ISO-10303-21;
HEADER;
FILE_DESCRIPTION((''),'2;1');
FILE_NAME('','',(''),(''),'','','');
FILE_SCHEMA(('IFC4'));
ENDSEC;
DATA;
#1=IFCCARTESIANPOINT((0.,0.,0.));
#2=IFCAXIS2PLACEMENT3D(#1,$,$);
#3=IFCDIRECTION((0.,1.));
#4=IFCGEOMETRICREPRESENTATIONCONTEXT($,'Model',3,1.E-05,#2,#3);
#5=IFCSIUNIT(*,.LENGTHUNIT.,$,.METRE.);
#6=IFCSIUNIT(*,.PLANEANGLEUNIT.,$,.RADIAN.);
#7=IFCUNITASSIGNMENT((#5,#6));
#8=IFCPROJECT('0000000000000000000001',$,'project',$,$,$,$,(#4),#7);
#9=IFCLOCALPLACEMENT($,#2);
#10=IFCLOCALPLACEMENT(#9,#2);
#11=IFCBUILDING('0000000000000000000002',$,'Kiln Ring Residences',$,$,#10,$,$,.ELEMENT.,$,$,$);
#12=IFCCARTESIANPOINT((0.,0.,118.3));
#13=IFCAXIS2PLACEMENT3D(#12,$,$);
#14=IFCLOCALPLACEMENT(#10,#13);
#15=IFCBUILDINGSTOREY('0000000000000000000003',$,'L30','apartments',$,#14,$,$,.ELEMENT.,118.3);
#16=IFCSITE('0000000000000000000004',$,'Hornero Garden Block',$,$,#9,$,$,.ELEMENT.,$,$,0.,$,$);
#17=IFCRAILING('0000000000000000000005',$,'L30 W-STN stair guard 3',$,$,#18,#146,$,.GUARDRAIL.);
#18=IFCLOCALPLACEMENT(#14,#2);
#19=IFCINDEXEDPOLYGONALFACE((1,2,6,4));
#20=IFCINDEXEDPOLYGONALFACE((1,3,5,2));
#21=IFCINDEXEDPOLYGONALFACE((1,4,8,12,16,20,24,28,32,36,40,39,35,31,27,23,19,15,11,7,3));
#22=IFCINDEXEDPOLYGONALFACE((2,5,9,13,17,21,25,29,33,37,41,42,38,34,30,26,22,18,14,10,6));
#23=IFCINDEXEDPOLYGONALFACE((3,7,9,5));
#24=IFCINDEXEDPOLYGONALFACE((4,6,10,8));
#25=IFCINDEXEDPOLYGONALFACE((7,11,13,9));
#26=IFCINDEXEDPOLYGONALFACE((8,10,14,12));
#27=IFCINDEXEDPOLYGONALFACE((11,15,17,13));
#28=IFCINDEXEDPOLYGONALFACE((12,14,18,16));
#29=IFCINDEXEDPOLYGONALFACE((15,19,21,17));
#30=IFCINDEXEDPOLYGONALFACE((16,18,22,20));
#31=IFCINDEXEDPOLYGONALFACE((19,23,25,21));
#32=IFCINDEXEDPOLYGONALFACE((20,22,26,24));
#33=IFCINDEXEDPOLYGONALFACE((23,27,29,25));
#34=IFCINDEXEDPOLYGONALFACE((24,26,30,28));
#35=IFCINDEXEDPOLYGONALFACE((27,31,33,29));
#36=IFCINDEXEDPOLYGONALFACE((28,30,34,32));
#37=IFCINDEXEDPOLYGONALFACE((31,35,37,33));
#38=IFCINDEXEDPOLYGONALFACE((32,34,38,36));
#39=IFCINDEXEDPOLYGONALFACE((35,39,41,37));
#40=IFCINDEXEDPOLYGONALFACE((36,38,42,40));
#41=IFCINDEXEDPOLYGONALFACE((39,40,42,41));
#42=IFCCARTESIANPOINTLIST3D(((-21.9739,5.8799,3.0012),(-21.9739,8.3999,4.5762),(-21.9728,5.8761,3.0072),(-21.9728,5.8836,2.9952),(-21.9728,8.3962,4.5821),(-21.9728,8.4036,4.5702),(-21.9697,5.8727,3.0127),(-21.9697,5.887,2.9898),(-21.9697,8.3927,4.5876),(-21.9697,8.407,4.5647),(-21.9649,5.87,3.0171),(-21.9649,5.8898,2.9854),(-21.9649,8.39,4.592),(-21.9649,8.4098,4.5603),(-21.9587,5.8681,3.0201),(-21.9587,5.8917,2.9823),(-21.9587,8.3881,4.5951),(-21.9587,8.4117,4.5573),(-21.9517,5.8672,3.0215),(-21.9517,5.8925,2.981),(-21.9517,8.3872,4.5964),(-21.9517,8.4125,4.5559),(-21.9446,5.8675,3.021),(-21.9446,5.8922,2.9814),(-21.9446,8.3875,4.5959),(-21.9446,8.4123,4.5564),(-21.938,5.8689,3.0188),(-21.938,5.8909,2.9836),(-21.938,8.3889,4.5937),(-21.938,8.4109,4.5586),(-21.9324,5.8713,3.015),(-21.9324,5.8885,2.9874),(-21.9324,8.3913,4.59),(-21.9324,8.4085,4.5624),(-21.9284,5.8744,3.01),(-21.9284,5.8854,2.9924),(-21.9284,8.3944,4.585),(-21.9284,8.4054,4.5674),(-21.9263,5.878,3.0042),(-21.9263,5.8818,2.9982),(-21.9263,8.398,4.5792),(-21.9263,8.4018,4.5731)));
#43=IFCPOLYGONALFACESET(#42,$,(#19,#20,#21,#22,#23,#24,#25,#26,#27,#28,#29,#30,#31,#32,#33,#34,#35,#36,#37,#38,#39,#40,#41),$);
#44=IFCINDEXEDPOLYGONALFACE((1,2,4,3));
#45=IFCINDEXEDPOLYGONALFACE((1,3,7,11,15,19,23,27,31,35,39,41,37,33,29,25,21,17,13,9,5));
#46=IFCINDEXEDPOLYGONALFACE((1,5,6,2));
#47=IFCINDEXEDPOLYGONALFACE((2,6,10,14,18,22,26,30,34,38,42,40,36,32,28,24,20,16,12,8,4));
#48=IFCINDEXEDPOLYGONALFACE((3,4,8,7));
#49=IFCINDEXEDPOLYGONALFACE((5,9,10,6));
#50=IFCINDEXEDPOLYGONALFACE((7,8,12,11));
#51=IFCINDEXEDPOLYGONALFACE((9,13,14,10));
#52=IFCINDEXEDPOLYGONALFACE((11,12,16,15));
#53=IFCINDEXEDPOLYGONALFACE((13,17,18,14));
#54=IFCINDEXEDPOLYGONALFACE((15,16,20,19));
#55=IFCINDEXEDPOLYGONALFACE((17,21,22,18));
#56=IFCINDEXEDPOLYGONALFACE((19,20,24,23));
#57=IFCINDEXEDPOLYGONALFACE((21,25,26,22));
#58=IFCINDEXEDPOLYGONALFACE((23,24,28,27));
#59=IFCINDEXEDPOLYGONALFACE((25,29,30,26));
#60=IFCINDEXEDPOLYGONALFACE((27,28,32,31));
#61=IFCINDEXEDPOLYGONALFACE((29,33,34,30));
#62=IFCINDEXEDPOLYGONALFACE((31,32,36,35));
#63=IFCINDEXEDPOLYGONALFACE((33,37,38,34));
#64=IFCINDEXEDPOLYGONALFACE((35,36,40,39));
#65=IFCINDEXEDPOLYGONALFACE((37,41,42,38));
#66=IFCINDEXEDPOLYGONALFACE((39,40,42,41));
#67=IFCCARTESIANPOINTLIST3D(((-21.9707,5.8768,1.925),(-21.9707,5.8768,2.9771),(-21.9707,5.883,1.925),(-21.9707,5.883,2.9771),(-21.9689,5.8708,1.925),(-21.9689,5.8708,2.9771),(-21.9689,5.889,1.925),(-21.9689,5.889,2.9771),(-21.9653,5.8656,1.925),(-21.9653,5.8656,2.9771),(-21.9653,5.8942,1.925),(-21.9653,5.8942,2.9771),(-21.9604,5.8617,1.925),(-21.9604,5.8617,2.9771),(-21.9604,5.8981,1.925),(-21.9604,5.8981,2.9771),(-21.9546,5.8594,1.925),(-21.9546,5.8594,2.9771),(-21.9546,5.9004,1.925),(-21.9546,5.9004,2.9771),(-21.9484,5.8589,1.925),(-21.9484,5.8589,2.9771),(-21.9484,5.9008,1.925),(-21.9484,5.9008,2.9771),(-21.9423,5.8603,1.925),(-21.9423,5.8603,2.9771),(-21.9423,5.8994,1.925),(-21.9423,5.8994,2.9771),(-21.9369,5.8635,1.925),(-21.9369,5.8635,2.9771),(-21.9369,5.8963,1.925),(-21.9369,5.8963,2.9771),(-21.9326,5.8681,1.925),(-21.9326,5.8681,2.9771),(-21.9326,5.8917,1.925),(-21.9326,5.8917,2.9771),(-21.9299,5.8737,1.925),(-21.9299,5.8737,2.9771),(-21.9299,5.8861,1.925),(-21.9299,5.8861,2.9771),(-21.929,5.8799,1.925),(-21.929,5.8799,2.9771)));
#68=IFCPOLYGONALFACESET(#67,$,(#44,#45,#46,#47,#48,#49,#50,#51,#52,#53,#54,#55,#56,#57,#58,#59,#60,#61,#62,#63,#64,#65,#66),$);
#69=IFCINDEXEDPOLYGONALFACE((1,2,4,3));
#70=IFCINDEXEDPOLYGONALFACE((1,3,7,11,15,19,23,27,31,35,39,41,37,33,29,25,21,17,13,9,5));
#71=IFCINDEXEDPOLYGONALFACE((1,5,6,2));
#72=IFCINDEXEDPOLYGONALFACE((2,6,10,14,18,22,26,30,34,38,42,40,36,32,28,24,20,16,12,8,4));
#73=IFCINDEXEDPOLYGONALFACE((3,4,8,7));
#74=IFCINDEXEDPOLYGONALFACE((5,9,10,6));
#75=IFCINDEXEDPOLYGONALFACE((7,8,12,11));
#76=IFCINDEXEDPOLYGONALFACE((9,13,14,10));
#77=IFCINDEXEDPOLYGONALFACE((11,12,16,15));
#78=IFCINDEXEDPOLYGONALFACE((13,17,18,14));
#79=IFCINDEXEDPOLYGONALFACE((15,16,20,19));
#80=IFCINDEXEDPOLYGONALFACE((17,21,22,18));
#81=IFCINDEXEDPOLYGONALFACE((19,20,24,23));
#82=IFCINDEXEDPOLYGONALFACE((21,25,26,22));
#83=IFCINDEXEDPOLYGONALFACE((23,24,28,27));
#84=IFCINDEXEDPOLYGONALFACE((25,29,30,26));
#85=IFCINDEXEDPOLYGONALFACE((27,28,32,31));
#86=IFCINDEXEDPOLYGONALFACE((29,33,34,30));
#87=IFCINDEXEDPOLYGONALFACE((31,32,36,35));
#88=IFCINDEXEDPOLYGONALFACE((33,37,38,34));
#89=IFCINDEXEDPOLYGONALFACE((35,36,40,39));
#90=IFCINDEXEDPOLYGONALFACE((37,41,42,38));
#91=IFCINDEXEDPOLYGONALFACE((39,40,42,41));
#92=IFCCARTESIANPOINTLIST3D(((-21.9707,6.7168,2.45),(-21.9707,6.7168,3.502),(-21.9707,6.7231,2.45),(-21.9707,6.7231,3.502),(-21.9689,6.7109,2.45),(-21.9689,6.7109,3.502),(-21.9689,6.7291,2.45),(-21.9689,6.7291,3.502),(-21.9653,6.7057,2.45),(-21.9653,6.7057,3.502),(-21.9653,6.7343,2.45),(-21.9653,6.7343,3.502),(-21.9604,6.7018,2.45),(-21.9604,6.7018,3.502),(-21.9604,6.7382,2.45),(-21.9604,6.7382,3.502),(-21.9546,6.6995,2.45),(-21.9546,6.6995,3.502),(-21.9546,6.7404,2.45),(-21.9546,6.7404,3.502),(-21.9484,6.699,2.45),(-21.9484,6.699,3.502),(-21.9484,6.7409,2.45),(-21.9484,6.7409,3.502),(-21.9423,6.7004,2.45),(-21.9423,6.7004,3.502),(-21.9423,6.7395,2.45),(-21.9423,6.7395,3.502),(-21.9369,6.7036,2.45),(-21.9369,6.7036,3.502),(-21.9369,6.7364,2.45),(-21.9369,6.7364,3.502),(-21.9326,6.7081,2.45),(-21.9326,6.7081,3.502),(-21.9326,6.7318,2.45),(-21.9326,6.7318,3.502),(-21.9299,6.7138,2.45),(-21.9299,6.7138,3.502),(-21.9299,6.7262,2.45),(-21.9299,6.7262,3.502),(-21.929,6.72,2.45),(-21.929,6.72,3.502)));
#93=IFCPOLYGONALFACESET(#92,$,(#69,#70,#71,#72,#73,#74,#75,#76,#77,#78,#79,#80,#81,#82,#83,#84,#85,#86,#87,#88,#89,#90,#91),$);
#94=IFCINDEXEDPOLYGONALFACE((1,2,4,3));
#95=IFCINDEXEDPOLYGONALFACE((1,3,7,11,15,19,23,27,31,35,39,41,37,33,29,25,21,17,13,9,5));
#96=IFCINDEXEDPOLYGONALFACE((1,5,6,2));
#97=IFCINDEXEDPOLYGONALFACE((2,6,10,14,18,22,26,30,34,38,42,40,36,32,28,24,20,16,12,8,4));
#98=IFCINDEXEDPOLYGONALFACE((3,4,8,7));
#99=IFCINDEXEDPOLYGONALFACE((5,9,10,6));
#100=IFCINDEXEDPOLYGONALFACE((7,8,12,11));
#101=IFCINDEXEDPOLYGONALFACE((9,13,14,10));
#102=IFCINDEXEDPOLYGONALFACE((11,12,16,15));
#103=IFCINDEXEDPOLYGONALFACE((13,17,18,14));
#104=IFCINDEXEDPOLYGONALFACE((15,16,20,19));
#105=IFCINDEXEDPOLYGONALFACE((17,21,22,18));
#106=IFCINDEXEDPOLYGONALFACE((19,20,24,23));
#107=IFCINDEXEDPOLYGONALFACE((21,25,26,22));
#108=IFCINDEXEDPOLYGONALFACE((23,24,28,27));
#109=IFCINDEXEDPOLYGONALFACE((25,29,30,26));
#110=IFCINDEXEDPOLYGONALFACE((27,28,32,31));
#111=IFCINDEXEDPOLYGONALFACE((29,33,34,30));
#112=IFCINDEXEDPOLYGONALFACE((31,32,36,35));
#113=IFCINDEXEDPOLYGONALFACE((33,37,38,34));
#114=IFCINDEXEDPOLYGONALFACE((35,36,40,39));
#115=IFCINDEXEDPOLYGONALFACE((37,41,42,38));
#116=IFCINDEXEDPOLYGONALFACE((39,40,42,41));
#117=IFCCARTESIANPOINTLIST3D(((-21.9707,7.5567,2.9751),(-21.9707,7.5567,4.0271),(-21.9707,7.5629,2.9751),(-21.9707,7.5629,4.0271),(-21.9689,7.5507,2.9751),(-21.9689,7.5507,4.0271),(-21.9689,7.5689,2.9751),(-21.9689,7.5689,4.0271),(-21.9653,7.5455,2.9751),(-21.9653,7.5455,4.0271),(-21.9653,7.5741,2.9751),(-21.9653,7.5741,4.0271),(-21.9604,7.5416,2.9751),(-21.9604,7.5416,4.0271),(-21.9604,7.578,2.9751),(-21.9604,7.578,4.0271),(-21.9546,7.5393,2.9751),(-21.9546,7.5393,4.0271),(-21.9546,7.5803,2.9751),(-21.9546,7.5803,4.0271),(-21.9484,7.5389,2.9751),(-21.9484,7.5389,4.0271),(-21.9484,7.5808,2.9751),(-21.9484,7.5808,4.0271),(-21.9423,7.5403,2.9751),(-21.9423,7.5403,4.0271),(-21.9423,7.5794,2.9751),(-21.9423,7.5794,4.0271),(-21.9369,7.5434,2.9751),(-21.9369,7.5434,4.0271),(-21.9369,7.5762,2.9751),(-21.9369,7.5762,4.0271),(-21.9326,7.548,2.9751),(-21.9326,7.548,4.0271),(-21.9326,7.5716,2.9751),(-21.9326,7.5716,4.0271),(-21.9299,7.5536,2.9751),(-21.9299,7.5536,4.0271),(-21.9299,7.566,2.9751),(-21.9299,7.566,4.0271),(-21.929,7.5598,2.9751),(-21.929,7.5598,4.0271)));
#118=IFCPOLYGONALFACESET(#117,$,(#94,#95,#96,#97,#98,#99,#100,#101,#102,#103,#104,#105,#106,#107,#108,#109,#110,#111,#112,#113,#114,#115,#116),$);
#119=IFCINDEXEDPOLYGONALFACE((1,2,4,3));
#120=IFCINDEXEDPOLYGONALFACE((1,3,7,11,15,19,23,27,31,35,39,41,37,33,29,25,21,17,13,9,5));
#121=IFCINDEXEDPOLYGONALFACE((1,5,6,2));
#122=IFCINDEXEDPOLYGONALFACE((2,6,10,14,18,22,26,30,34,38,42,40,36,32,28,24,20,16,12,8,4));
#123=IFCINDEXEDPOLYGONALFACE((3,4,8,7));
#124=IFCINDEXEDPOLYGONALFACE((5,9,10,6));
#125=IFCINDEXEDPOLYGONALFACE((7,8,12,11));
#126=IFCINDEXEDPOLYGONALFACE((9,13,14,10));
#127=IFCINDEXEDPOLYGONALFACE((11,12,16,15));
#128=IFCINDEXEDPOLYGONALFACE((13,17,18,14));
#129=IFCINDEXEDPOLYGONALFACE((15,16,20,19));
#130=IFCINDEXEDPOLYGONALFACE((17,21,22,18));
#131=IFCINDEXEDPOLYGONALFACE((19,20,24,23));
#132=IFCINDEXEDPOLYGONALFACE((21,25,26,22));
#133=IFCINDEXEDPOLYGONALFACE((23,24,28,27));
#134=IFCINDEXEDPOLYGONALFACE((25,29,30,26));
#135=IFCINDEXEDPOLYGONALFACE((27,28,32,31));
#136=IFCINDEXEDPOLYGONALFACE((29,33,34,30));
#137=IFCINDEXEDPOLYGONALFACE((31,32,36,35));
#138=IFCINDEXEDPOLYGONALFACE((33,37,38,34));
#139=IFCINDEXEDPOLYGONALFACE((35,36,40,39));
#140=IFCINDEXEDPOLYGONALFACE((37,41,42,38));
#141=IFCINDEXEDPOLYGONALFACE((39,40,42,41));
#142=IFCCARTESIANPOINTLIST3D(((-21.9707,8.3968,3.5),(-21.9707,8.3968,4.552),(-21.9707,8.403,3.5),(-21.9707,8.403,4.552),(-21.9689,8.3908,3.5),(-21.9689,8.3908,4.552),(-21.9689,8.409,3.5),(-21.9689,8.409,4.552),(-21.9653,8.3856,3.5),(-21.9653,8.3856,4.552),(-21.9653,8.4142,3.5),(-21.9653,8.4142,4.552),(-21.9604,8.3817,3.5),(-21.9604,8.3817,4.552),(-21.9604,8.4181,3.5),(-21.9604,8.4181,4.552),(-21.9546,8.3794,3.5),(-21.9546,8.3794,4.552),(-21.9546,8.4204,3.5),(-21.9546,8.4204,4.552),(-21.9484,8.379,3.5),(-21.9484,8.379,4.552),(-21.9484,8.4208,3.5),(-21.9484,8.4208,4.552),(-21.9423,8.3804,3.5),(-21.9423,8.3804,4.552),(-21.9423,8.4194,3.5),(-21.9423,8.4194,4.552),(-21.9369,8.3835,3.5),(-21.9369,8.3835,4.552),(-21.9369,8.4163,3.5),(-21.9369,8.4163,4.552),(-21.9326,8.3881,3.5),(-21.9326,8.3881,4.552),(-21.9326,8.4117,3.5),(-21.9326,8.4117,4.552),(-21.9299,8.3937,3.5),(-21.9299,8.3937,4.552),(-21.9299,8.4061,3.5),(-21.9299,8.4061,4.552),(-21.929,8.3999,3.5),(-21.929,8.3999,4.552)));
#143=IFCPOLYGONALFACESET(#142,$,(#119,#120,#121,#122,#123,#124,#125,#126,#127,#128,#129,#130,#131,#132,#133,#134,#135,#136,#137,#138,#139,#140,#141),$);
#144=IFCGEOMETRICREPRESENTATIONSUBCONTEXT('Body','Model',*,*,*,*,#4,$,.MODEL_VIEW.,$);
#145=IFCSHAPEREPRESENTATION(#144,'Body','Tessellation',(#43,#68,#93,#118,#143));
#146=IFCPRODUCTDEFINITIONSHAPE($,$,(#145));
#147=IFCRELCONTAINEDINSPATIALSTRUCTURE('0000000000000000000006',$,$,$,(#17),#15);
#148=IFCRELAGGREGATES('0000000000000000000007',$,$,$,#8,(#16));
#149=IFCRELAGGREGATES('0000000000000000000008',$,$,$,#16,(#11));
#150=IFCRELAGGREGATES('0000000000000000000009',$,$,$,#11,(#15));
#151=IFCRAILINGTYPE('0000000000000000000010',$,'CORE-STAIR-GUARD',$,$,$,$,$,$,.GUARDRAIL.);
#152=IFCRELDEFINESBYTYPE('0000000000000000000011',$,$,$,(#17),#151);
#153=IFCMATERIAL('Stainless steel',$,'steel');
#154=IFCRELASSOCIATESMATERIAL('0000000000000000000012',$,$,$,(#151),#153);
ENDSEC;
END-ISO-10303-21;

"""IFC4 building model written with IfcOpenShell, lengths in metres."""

from ifc_helpers import new_model, si_unit, direction, frame, origin, origin_2d, place, context, subcontext, project, spatial, circle, extrude, material, type_object, element, save


model = new_model("IFC4")

# Units and contexts
model_context = context("Model", 3, precision=1e-05, world=origin(), true_north=direction((0.0, 1.0)))
body_context = subcontext(model_context, "Body", "Model", "MODEL_VIEW")
ifc_project = project(units=[si_unit("LENGTHUNIT", "METRE"), si_unit("PLANEANGLEUNIT", "RADIAN")], contexts=[model_context])

# Site, building, storey
site_placement = place(None, origin())
site = spatial("IfcSite", under=ifc_project, at=site_placement, Name="Hornero Garden Block", CompositionType="ELEMENT", RefElevation=0.0)
building_placement = place(site_placement, origin())
building = spatial("IfcBuilding", under=site, at=building_placement, Name="Kiln Ring Residences", CompositionType="ELEMENT")
storey_placement = place(building_placement, frame((0.0, 0.0, 118.3)))
storey = spatial("IfcBuildingStorey", under=building, at=storey_placement, Name="L30", Description="apartments", CompositionType="ELEMENT", Elevation=118.3)

# Railing
ifc_material_1 = material(Name="Stainless steel", Category="steel")
railing_type_1 = type_object("IfcRailingType", Name="CORE-STAIR-GUARD", PredefinedType="GUARDRAIL", material=ifc_material_1)
railing_1_placement = place(storey_placement, frame((-21.95, 5.8799, 1.925)))
element("IfcRailing", 1, at=railing_1_placement, inside=storey, type_object=railing_type_1, Name="L30 W-STN stair guard 3", PredefinedType="GUARDRAIL", context=body_context, shape_type="SweptSolid", body=[
    extrude(circle(Radius=0.0239, at=origin_2d()), frame((0.0, 0.0, 1.0762), z_axis=(0.0, 0.848008, 0.529984), x_axis=(-1.0, 0.0, 0.0)), (0.0, 0.0, 1.0), 2.9717),
    extrude(circle(Radius=0.021, at=origin_2d()), origin(), (0.0, 0.0, 1.0), 1.052),
    extrude(circle(Radius=0.021, at=origin_2d()), frame((0.0, 0.8401, 0.5249)), (0.0, 0.0, 1.0), 1.052),
    extrude(circle(Radius=0.021, at=origin_2d()), frame((0.0, 1.6799, 1.05)), (0.0, 0.0, 1.0), 1.052),
    extrude(circle(Radius=0.021, at=origin_2d()), frame((0.0, 2.52, 1.575)), (0.0, 0.0, 1.0), 1.052),
])

save(model, "model.ifc")
